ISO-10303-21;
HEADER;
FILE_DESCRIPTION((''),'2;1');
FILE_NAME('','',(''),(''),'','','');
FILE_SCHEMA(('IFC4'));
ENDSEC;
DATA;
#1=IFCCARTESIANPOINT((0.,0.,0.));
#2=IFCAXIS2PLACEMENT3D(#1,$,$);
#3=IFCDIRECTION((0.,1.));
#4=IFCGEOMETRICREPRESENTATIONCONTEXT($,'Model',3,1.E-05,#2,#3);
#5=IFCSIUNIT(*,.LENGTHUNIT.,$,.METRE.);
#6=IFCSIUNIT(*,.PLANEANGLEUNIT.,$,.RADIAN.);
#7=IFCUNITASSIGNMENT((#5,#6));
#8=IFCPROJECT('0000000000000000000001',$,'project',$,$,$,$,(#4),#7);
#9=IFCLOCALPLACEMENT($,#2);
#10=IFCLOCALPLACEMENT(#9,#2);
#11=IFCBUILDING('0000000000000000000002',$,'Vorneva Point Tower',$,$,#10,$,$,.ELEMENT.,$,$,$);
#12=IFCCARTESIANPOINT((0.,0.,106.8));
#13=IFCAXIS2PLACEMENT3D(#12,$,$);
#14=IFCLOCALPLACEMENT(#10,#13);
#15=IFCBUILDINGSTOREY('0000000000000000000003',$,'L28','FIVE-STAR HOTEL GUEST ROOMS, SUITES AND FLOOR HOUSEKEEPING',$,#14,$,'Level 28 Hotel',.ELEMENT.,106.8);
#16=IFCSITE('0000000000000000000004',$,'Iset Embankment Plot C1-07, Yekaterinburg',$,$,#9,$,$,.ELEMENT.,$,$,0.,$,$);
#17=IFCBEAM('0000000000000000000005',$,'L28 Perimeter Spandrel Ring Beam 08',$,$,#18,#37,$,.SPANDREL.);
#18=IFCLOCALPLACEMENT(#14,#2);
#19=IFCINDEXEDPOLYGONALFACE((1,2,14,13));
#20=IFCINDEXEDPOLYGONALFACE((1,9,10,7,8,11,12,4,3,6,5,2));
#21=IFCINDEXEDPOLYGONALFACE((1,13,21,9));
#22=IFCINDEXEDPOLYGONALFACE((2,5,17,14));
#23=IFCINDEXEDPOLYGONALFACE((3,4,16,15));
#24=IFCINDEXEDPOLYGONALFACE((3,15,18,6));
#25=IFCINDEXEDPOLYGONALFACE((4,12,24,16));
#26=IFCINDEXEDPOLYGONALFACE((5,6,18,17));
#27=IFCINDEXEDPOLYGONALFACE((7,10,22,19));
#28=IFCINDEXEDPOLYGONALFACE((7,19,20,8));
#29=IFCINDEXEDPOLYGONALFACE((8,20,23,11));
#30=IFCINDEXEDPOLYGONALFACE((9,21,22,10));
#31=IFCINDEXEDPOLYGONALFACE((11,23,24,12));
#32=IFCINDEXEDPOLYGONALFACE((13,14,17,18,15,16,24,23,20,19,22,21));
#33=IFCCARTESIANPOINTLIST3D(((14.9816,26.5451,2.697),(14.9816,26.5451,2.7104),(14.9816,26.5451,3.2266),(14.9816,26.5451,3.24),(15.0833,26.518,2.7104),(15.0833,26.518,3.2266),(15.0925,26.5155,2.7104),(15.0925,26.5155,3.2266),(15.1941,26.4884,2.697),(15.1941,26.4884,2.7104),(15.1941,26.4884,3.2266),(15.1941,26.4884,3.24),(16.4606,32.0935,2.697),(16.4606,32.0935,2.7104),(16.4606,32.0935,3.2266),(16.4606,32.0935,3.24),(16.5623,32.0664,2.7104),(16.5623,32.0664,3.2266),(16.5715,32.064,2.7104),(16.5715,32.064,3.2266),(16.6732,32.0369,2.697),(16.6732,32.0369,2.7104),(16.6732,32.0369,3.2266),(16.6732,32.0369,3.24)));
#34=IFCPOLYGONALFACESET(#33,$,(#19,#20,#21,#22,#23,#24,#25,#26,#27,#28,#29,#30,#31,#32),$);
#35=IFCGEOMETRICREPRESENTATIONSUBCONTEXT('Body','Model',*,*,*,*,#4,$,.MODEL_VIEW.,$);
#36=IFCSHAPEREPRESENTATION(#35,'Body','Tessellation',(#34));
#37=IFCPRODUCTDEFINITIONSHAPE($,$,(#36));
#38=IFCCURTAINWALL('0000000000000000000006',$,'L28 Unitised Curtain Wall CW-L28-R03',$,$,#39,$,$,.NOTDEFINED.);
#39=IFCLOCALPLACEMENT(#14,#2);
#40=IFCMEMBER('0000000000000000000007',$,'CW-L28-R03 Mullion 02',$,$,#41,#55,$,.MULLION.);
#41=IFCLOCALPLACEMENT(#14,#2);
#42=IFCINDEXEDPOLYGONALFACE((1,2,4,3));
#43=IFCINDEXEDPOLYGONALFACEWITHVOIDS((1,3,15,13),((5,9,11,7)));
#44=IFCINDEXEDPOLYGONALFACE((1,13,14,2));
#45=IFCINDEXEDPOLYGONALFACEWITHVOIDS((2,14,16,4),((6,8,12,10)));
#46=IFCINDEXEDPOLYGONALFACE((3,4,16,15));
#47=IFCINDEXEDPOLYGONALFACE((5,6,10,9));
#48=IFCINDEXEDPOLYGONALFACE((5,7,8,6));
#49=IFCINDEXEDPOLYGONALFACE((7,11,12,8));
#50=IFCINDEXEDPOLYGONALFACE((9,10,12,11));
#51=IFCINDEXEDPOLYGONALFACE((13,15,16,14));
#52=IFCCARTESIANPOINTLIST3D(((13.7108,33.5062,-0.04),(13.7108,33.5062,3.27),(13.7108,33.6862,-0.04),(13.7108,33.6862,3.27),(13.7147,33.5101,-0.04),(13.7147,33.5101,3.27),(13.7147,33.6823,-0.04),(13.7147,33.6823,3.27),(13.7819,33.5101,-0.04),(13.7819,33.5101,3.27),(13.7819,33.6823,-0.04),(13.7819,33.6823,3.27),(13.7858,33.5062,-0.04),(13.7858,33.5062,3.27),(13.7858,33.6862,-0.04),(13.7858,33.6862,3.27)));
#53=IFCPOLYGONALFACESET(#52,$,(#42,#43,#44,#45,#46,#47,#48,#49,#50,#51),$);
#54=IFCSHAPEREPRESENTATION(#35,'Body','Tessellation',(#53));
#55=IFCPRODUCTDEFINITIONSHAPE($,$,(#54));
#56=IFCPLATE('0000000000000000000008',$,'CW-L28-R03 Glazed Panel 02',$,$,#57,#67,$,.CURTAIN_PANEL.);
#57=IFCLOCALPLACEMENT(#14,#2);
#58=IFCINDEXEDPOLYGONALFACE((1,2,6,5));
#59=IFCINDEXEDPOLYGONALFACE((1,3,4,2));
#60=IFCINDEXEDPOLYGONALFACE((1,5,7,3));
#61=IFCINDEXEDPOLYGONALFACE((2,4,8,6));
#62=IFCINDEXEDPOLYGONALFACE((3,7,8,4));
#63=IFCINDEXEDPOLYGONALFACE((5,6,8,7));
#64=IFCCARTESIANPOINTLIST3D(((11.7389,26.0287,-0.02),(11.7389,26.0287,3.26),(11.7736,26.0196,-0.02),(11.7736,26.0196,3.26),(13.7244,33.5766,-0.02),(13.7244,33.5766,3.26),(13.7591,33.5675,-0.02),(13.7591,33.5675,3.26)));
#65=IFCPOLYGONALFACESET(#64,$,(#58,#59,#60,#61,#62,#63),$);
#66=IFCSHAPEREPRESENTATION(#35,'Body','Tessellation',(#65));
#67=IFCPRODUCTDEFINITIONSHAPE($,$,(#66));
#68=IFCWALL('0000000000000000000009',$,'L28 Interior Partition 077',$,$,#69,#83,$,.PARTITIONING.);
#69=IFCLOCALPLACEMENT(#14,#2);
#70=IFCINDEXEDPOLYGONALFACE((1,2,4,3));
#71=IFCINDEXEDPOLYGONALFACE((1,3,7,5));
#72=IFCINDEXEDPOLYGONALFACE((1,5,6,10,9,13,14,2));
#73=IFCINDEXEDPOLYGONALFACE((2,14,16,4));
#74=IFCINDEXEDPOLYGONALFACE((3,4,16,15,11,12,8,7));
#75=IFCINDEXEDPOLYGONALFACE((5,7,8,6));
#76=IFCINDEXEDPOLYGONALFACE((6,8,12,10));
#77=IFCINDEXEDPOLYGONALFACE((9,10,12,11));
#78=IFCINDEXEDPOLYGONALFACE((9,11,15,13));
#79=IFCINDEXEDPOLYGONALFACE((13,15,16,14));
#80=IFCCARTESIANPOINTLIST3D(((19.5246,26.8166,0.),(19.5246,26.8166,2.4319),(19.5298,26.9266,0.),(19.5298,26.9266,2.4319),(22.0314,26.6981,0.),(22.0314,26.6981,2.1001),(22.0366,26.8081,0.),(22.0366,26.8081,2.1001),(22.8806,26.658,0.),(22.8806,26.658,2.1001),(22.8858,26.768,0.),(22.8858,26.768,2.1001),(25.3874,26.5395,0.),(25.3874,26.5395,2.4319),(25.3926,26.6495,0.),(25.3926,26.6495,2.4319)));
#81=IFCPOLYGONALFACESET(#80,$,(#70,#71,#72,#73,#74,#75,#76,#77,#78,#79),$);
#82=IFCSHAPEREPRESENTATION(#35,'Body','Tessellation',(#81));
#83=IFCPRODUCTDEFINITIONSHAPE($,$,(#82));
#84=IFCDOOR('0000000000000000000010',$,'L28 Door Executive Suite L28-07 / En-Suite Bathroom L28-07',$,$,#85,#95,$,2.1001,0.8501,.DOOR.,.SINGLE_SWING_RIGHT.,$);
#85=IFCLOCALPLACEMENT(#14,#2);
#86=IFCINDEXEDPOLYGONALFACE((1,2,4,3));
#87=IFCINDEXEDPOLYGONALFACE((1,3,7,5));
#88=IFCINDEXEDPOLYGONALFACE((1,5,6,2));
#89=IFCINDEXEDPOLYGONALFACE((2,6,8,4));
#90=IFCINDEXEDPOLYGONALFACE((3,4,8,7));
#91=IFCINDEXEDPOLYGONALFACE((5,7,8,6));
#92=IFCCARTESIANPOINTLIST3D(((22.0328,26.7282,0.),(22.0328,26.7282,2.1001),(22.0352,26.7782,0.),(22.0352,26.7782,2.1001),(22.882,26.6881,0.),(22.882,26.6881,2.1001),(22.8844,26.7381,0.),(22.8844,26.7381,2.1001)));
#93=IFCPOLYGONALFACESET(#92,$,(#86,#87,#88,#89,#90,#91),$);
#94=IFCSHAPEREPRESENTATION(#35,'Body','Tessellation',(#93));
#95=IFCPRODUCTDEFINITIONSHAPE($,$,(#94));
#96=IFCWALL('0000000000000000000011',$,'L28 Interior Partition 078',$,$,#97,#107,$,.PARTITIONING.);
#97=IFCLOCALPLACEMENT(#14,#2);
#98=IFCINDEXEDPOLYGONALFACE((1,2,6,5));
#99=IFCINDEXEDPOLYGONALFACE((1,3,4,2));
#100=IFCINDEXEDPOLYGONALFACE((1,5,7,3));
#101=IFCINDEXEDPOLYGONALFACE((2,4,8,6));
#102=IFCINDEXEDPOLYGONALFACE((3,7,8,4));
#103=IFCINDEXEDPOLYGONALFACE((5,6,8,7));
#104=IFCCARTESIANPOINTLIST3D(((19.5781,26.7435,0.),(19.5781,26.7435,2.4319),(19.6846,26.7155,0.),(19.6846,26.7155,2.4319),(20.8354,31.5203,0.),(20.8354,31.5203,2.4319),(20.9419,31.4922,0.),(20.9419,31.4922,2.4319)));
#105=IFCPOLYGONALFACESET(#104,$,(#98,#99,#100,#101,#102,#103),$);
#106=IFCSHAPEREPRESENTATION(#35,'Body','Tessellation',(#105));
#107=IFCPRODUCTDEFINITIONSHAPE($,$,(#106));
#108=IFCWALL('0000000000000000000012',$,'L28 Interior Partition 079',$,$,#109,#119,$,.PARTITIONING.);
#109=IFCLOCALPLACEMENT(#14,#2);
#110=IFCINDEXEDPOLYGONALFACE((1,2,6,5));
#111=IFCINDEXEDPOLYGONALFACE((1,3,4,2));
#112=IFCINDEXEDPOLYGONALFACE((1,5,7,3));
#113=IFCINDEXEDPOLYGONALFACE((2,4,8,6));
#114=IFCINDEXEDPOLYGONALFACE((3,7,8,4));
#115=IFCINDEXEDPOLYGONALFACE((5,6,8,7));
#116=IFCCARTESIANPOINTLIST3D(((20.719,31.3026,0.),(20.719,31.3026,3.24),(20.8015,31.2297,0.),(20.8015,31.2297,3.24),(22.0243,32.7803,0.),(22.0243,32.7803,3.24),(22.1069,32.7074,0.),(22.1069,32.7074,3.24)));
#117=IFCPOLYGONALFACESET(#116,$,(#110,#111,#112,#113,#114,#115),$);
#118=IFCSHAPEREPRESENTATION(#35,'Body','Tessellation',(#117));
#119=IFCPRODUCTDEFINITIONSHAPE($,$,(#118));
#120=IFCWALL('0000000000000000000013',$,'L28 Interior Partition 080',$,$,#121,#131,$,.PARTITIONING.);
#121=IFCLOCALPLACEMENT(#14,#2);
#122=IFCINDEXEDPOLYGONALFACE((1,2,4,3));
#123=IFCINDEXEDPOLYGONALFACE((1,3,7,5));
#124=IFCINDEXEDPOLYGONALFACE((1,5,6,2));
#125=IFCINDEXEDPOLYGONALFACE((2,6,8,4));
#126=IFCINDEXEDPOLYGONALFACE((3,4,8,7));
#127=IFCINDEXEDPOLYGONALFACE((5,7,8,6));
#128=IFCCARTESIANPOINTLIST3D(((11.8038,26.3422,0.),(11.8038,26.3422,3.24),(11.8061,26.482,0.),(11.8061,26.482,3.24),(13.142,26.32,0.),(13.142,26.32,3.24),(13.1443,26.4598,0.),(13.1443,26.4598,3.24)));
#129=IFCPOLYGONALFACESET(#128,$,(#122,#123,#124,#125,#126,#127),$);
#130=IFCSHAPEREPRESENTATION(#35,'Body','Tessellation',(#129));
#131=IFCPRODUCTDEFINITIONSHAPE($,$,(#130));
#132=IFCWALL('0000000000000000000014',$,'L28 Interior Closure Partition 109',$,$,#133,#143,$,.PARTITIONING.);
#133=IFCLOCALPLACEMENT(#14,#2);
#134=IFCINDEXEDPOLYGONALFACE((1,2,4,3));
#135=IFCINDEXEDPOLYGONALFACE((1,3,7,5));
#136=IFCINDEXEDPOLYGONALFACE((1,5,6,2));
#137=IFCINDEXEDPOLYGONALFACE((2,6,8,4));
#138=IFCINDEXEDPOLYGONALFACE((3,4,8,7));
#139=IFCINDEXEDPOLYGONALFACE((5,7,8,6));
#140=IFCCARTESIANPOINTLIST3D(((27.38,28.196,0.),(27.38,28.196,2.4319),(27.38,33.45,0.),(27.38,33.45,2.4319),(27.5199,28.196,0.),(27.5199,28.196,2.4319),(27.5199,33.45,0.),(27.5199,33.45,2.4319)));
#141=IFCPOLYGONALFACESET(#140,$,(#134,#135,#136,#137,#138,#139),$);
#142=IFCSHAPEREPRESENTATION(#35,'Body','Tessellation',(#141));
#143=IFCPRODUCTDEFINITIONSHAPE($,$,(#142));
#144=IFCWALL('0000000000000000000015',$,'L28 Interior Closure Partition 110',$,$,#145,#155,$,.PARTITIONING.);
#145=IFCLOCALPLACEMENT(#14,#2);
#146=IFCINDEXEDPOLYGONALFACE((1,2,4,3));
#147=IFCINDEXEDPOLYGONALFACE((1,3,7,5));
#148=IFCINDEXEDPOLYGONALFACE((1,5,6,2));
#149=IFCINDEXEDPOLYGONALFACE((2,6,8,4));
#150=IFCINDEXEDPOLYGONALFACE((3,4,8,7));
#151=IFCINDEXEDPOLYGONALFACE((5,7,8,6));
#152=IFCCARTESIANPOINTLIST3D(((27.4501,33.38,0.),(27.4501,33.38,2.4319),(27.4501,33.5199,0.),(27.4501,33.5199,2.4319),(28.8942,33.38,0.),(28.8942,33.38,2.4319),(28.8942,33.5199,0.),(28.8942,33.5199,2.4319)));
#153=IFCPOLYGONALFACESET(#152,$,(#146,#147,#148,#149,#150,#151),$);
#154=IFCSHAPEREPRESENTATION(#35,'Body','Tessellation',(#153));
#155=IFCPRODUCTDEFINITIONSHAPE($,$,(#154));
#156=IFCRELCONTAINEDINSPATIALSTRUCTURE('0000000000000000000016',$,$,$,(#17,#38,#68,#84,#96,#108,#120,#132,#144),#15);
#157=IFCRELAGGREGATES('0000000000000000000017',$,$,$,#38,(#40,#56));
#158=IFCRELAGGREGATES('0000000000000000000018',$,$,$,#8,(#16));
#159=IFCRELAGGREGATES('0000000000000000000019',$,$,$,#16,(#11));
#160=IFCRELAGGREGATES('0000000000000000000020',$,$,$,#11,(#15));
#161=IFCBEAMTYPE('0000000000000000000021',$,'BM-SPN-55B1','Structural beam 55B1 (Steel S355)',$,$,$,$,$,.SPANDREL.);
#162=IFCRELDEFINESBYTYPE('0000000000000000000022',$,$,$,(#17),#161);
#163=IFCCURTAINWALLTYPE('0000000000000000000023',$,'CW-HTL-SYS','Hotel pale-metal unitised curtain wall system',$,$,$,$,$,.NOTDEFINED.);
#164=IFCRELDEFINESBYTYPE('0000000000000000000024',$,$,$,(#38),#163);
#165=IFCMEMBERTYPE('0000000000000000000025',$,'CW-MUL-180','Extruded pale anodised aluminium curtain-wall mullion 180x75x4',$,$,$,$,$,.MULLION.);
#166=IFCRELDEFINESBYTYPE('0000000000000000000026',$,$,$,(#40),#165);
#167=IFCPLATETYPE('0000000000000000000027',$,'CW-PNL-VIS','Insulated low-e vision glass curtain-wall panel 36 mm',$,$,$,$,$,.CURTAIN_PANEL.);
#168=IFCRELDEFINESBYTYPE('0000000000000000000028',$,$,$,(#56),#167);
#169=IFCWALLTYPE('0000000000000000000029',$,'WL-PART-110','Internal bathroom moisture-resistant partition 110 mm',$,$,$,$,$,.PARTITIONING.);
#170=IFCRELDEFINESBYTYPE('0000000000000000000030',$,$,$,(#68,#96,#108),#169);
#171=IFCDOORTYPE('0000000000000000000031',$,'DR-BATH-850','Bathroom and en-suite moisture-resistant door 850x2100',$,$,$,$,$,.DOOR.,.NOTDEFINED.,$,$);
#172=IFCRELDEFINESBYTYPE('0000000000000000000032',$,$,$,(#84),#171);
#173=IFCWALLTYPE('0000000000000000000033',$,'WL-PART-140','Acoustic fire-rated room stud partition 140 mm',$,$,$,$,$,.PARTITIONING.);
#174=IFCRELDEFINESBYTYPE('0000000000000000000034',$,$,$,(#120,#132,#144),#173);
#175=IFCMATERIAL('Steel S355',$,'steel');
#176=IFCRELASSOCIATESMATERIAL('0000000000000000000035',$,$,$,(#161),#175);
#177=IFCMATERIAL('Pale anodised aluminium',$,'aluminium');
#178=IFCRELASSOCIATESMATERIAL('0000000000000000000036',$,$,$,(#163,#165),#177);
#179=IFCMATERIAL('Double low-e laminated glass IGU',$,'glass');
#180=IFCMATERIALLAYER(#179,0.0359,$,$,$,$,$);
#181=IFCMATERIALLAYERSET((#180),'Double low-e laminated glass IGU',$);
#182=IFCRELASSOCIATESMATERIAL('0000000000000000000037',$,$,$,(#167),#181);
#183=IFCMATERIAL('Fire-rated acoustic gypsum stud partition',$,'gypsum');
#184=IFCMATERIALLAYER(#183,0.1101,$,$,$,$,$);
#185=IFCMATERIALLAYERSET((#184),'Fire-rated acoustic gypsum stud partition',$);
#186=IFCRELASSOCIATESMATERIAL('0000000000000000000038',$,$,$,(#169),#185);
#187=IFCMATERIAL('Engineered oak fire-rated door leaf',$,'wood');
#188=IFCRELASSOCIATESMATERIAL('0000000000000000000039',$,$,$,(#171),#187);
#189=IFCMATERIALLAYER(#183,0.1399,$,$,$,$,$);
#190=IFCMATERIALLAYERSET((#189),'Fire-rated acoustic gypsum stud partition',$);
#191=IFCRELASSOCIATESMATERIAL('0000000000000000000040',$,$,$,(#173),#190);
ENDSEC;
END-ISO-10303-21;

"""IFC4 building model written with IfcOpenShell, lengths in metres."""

from ifc_helpers import new_model, si_unit, direction, frame, frame_2d, origin, origin_2d, place, context, subcontext, project, spatial, rectangle, hollow_rectangle, i_section, extrude, material, layer, layer_set, material_profile, profile_set, type_object, element, fill, aggregate, save


model = new_model("IFC4")

# Units and contexts
model_context = context("Model", 3, precision=1e-05, world=origin(), true_north=direction((0.0, 1.0)))
body_context = subcontext(model_context, "Body", "Model", "MODEL_VIEW")
ifc_project = project(units=[si_unit("LENGTHUNIT", "METRE"), si_unit("PLANEANGLEUNIT", "RADIAN")], contexts=[model_context])

# Site, building, storey
site_placement = place(None, origin())
site = spatial("IfcSite", under=ifc_project, at=site_placement, Name="Iset Embankment Plot C1-07, Yekaterinburg", CompositionType="ELEMENT", RefElevation=0.0)
building_placement = place(site_placement, origin())
building = spatial("IfcBuilding", under=site, at=building_placement, Name="Vorneva Point Tower", CompositionType="ELEMENT")
storey_placement = place(building_placement, frame((0.0, 0.0, 106.8)))
storey = spatial("IfcBuildingStorey", under=building, at=storey_placement, Name="L28", Description="FIVE-STAR HOTEL GUEST ROOMS, SUITES AND FLOOR HOUSEKEEPING", LongName="Level 28 Hotel", CompositionType="ELEMENT", Elevation=106.8)

# Beam
ifc_material_1 = material(Name="Steel S355", Category="steel")
ifc_material_profile_1 = material_profile(ifc_material_1, i_section(OverallWidth=0.22, OverallDepth=0.543, WebThickness=0.0095, FlangeThickness=0.0134, at=origin_2d()), Name="55B1")
ifc_profile_set_1 = profile_set([ifc_material_profile_1], Name="Steel S355")
beam_type_1 = type_object("IfcBeamType", Name="BM-SPN-55B1", Description="Structural beam 55B1 (Steel S355)", PredefinedType="SPANDREL", material=ifc_profile_set_1)
beam_1_placement = place(storey_placement, frame((16.5669, 32.0652, 2.9685), z_axis=(-0.257573, -0.966259, 0.0), x_axis=(0.966259, -0.257573, 0.0)))
element("IfcBeam", 1, at=beam_1_placement, inside=storey, type_object=beam_type_1, Name="L28 Perimeter Spandrel Ring Beam 08", PredefinedType="SPANDREL", context=body_context, shape_type="SweptSolid", body=[
    extrude(i_section(OverallWidth=0.22, OverallDepth=0.543, WebThickness=0.0095, FlangeThickness=0.0134, at=origin_2d()), origin(), (0.0, 0.0, 1.0), 5.7422),
])

# Curtain wall, member, plate
ifc_material_2 = material(Name="Pale anodised aluminium", Category="aluminium")
curtain_wall_type = type_object("IfcCurtainWallType", Name="CW-HTL-SYS", Description="Hotel pale-metal unitised curtain wall system", PredefinedType="NOTDEFINED", material=ifc_material_2)
curtain_wall_placement = place(storey_placement, origin())
curtain_wall = element("IfcCurtainWall", 2, at=curtain_wall_placement, inside=storey, type_object=curtain_wall_type, Name="L28 Unitised Curtain Wall CW-L28-R03", PredefinedType="NOTDEFINED")
ifc_material_profile_2 = material_profile(ifc_material_2, hollow_rectangle(XDim=0.075, YDim=0.1799, WallThickness=0.0039, at=origin_2d()), Name="AL-MUL 180x75x4")
ifc_profile_set_2 = profile_set([ifc_material_profile_2], Name="Pale anodised aluminium")
member_type = type_object("IfcMemberType", Name="CW-MUL-180", Description="Extruded pale anodised aluminium curtain-wall mullion 180x75x4", PredefinedType="MULLION", material=ifc_profile_set_2)
member_placement = place(storey_placement, frame((13.7483, 33.5962, -0.04), z_axis=(0.0, 0.0, 1.0), x_axis=(1.0, 0.0, 0.0)))
member = element("IfcMember", 3, at=member_placement, type_object=member_type, Name="CW-L28-R03 Mullion 02", PredefinedType="MULLION", context=body_context, shape_type="SweptSolid", body=[
    extrude(hollow_rectangle(XDim=0.075, YDim=0.1799, WallThickness=0.0039, at=origin_2d()), origin(), (0.0, 0.0, 1.0), 3.3101),
])
ifc_material_3 = material(Name="Double low-e laminated glass IGU", Category="glass")
ifc_layer_1 = layer(ifc_material_3, 0.0359)
ifc_layer_set_1 = layer_set([ifc_layer_1], Name="Double low-e laminated glass IGU")
plate_type = type_object("IfcPlateType", Name="CW-PNL-VIS", Description="Insulated low-e vision glass curtain-wall panel 36 mm", PredefinedType="CURTAIN_PANEL", material=ifc_layer_set_1)
plate_placement = place(storey_placement, frame((12.749, 29.7981, -0.02), z_axis=(0.0, 0.0, 1.0), x_axis=(-0.254399, -0.967099, 0.0)))
plate = element("IfcPlate", 4, at=plate_placement, type_object=plate_type, Name="CW-L28-R03 Glazed Panel 02", PredefinedType="CURTAIN_PANEL", context=body_context, shape_type="SweptSolid", body=[
    extrude(rectangle(XDim=7.8047, YDim=0.0359, at=origin_2d()), origin(), (0.0, 0.0, 1.0), 3.28),
])
aggregate(curtain_wall, [member, plate])

# Wall, opening, door
ifc_material_4 = material(Name="Fire-rated acoustic gypsum stud partition", Category="gypsum")
ifc_layer_2 = layer(ifc_material_4, 0.1101)
ifc_layer_set_2 = layer_set([ifc_layer_2], Name="Fire-rated acoustic gypsum stud partition")
wall_type_1 = type_object("IfcWallType", Name="WL-PART-110", Description="Internal bathroom moisture-resistant partition 110 mm", PredefinedType="PARTITIONING", material=ifc_layer_set_2)
wall_1_placement = place(storey_placement, frame((25.3899, 26.5945, 0.0), z_axis=(0.0, 0.0, 1.0), x_axis=(-0.998885, 0.047211, 0.0)))
wall_1 = element("IfcWall", 5, at=wall_1_placement, inside=storey, type_object=wall_type_1, Name="L28 Interior Partition 077", PredefinedType="PARTITIONING", context=body_context, shape_type="SweptSolid", body=[
    extrude(rectangle(XDim=5.8694, YDim=0.1101, at=frame_2d((2.9346, 0.0))), origin(), (0.0, 0.0, 1.0), 2.4319),
])
opening_1_placement = place(wall_1_placement, frame((2.5095, 0.0, 0.0)))
opening_1 = element("IfcOpeningElement", 6, at=opening_1_placement, cuts=wall_1, PredefinedType="OPENING", context=body_context, shape_type="SweptSolid", body=[
    extrude(rectangle(XDim=0.8501, YDim=2.1001, at=frame_2d((0.425, 1.05))), frame((0.0, 0.0698, 0.0), z_axis=(0.0, -1.0, 0.0), x_axis=(1.0, 0.0, 0.0)), (0.0, 0.0, 1.0), 0.1399),
])
ifc_material_5 = material(Name="Engineered oak fire-rated door leaf", Category="wood")
door_type_1 = type_object("IfcDoorType", Name="DR-BATH-850", Description="Bathroom and en-suite moisture-resistant door 850x2100", OperationType="NOTDEFINED", PredefinedType="DOOR", material=ifc_material_5)
door_1_placement = place(opening_1_placement, origin())
door_1 = element("IfcDoor", 7, at=door_1_placement, inside=storey, type_object=door_type_1, Name="L28 Door Executive Suite L28-07 / En-Suite Bathroom L28-07", OperationType="SINGLE_SWING_RIGHT", OverallHeight=2.1001, OverallWidth=0.8501, PredefinedType="DOOR", context=body_context, shape_type="SweptSolid", body=[
    extrude(rectangle(XDim=0.8501, YDim=2.1001, at=frame_2d((0.425, 1.05))), frame((0.0, 0.0249, 0.0), z_axis=(0.0, -1.0, 0.0), x_axis=(1.0, 0.0, 0.0)), (0.0, 0.0, 1.0), 0.05),
])
fill(opening_1, door_1)

# Walls
wall_2_placement = place(storey_placement, frame((19.6313, 26.7295, 0.0), z_axis=(0.0, 0.0, 1.0), x_axis=(0.254542, 0.967062, 0.0)))
element("IfcWall", 8, at=wall_2_placement, inside=storey, type_object=wall_type_1, Name="L28 Interior Partition 078", PredefinedType="PARTITIONING", context=body_context, shape_type="SweptSolid", body=[
    extrude(rectangle(XDim=4.9395, YDim=0.1101, at=frame_2d((2.4697, 0.0))), origin(), (0.0, 0.0, 1.0), 2.4319),
])
wall_3_placement = place(storey_placement, frame((20.7603, 31.2661, 0.0), z_axis=(0.0, 0.0, 1.0), x_axis=(0.662047, 0.749462, 0.0)))
element("IfcWall", 9, at=wall_3_placement, inside=storey, type_object=wall_type_1, Name="L28 Interior Partition 079", PredefinedType="PARTITIONING", context=body_context, shape_type="SweptSolid", body=[
    extrude(rectangle(XDim=1.9717, YDim=0.1101, at=frame_2d((0.9858, 0.0))), origin(), (0.0, 0.0, 1.0), 3.24),
])
ifc_layer_3 = layer(ifc_material_4, 0.1399)
ifc_layer_set_3 = layer_set([ifc_layer_3], Name="Fire-rated acoustic gypsum stud partition")
wall_type_2 = type_object("IfcWallType", Name="WL-PART-140", Description="Acoustic fire-rated room stud partition 140 mm", PredefinedType="PARTITIONING", material=ifc_layer_set_3)
wall_4_placement = place(storey_placement, frame((11.8049, 26.4121, 0.0), z_axis=(0.0, 0.0, 1.0), x_axis=(0.999862, -0.016601, 0.0)))
element("IfcWall", 10, at=wall_4_placement, inside=storey, type_object=wall_type_2, Name="L28 Interior Partition 080", PredefinedType="PARTITIONING", context=body_context, shape_type="SweptSolid", body=[
    extrude(rectangle(XDim=1.3384, YDim=0.1399, at=frame_2d((0.6692, 0.0))), origin(), (0.0, 0.0, 1.0), 3.24),
])
wall_5_placement = place(storey_placement, frame((27.45, 28.196, 0.0), z_axis=(0.0, 0.0, 1.0), x_axis=(0.0, 1.0, 0.0)))
element("IfcWall", 11, at=wall_5_placement, inside=storey, type_object=wall_type_2, Name="L28 Interior Closure Partition 109", PredefinedType="PARTITIONING", context=body_context, shape_type="SweptSolid", body=[
    extrude(rectangle(XDim=5.2539, YDim=0.1399, at=frame_2d((2.627, 0.0))), origin(), (0.0, 0.0, 1.0), 2.4319),
])
wall_6_placement = place(storey_placement, frame((27.45, 33.45, 0.0), z_axis=(0.0, 0.0, 1.0), x_axis=(1.0, 0.0, 0.0)))
element("IfcWall", 12, at=wall_6_placement, inside=storey, type_object=wall_type_2, Name="L28 Interior Closure Partition 110", PredefinedType="PARTITIONING", context=body_context, shape_type="SweptSolid", body=[
    extrude(rectangle(XDim=1.4441, YDim=0.1399, at=frame_2d((0.7222, 0.0))), origin(), (0.0, 0.0, 1.0), 2.4319),
])

save(model, "model.ifc")
